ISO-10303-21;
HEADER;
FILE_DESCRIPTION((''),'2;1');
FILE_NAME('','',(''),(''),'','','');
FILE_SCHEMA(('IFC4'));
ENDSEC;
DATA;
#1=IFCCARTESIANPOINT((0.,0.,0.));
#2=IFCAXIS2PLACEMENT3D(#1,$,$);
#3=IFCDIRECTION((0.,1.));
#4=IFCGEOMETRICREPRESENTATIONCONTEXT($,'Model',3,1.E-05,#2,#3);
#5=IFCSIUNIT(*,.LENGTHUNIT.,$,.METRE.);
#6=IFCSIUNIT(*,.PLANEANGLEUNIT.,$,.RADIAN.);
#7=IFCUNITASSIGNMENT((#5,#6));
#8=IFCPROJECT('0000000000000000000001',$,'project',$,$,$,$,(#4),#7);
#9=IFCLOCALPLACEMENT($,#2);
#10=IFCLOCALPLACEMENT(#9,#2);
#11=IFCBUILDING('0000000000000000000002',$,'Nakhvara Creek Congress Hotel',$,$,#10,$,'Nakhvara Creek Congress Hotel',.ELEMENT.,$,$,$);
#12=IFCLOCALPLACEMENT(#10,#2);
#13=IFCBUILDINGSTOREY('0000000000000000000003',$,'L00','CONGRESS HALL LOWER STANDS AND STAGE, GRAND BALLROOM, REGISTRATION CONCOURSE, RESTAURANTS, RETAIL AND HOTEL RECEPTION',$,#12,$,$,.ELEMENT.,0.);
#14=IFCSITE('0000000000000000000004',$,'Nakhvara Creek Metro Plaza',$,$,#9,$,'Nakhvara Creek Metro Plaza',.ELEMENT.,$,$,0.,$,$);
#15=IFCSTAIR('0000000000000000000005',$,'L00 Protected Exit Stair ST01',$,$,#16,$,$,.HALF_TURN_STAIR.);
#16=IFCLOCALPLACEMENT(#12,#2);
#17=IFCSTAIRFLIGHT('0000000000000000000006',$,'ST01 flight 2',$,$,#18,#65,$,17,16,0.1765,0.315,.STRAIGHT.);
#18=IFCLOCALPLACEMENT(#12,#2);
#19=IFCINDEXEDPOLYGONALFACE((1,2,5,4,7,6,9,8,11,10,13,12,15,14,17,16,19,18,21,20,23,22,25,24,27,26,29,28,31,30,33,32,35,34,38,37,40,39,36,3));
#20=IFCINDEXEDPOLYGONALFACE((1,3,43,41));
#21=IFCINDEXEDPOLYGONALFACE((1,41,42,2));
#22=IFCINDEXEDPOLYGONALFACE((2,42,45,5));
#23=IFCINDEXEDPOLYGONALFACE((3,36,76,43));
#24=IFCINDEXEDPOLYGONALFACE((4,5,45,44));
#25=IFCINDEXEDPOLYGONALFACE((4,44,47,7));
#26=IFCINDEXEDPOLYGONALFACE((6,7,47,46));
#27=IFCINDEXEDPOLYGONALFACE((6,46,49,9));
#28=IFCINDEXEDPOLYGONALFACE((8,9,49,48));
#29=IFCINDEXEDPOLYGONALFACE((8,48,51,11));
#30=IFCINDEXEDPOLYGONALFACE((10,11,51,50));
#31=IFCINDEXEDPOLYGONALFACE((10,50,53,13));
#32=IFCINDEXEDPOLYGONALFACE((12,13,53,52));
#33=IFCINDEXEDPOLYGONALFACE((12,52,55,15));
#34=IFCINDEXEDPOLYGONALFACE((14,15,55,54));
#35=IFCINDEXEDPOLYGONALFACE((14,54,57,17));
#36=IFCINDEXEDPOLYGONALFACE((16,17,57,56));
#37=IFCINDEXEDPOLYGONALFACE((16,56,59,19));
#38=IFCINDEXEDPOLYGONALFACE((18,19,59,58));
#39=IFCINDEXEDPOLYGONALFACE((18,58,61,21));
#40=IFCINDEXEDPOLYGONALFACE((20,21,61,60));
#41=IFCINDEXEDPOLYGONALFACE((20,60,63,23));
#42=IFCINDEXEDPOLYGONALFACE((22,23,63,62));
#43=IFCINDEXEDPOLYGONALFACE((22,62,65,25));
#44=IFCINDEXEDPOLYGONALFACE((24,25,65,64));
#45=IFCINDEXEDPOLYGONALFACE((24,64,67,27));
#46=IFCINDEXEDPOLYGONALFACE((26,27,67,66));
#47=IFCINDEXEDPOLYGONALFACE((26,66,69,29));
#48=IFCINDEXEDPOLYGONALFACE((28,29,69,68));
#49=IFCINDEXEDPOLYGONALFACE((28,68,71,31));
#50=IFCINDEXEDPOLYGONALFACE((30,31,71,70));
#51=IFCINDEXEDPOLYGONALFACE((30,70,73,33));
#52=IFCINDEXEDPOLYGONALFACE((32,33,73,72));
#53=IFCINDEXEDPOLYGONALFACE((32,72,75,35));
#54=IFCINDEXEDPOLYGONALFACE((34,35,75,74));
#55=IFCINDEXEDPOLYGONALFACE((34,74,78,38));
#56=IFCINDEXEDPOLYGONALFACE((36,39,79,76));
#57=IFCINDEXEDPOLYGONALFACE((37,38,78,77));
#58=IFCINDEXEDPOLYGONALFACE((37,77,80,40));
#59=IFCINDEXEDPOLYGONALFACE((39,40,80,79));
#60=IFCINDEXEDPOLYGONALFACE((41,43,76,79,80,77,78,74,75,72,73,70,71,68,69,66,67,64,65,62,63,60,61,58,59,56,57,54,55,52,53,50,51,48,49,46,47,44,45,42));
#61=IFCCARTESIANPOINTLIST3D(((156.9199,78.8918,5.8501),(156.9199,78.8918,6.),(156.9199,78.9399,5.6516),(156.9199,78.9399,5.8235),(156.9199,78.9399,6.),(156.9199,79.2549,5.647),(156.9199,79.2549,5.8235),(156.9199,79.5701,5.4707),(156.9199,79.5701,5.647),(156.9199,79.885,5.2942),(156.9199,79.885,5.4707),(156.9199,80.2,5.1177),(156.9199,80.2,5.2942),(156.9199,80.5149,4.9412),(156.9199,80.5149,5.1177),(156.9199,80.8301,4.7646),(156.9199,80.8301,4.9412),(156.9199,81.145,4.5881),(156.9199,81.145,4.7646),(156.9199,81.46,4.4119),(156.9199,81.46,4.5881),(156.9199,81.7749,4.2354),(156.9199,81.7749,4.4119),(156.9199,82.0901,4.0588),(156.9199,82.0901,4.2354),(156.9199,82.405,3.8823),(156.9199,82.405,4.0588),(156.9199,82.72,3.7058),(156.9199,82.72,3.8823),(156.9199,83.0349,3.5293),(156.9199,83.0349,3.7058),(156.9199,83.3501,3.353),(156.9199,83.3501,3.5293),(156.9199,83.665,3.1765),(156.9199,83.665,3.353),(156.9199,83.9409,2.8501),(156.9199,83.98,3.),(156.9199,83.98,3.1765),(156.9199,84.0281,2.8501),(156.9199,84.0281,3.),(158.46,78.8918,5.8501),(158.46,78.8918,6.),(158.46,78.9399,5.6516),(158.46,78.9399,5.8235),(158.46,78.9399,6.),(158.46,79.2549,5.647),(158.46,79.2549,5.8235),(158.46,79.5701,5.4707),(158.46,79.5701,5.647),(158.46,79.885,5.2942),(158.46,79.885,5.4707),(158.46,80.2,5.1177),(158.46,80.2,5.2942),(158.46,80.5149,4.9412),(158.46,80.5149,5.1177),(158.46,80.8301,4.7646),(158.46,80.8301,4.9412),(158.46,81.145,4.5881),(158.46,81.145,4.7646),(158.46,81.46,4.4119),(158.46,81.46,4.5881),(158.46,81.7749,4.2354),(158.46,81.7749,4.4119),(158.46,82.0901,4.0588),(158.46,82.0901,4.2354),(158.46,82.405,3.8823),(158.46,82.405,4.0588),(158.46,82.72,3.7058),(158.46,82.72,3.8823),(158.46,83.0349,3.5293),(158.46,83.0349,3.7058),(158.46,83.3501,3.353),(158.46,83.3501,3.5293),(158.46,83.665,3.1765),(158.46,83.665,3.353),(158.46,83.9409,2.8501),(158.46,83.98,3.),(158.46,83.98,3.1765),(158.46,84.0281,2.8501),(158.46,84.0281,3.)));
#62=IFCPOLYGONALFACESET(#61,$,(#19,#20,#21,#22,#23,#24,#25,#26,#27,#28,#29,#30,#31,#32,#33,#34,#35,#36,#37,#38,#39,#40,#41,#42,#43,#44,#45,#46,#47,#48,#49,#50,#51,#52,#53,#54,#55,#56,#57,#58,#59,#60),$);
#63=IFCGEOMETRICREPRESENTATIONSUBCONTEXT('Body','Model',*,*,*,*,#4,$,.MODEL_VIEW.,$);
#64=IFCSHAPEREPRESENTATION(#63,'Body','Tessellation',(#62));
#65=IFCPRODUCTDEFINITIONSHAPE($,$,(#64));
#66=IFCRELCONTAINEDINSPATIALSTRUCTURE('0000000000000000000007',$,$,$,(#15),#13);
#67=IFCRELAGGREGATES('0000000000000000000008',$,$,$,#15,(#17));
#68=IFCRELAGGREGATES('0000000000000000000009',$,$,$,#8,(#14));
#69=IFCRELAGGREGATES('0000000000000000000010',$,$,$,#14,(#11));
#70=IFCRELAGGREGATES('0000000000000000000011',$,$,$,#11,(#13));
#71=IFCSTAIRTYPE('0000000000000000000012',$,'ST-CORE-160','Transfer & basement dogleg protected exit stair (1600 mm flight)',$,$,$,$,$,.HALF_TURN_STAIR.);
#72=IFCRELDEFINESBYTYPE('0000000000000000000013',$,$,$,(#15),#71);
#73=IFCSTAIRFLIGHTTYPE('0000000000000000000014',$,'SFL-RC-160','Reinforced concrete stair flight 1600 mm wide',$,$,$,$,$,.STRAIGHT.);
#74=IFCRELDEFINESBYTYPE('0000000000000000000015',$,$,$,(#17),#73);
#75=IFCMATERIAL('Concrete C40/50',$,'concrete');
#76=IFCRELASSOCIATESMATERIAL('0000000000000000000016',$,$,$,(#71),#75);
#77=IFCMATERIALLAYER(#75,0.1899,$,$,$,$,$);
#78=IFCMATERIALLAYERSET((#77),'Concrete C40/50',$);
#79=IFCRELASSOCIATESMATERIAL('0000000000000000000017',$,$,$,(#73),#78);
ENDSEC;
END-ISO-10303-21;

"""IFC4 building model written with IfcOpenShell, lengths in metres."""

from ifc_helpers import new_model, si_unit, direction, frame, origin, place, context, subcontext, project, spatial, polyline, outline, extrude, material, layer, layer_set, type_object, element, aggregate, save


model = new_model("IFC4")

# Units and contexts
model_context = context("Model", 3, precision=1e-05, world=origin(), true_north=direction((0.0, 1.0)))
body_context = subcontext(model_context, "Body", "Model", "MODEL_VIEW")
ifc_project = project(units=[si_unit("LENGTHUNIT", "METRE"), si_unit("PLANEANGLEUNIT", "RADIAN")], contexts=[model_context])

# Site, building, storey
site_placement = place(None, origin())
site = spatial("IfcSite", under=ifc_project, at=site_placement, Name="Nakhvara Creek Metro Plaza", LongName="Nakhvara Creek Metro Plaza", CompositionType="ELEMENT", RefElevation=0.0)
building_placement = place(site_placement, origin())
building = spatial("IfcBuilding", under=site, at=building_placement, Name="Nakhvara Creek Congress Hotel", LongName="Nakhvara Creek Congress Hotel", CompositionType="ELEMENT")
storey_placement = place(building_placement, origin())
storey = spatial("IfcBuildingStorey", under=building, at=storey_placement, Name="L00", Description="CONGRESS HALL LOWER STANDS AND STAGE, GRAND BALLROOM, REGISTRATION CONCOURSE, RESTAURANTS, RETAIL AND HOTEL RECEPTION", CompositionType="ELEMENT", Elevation=0.0)

# Shared definitions
ifc_material_1 = material(Name="Concrete C40/50", Category="concrete")

# Stair, stair flight
stair_type = type_object("IfcStairType", Name="ST-CORE-160", Description="Transfer & basement dogleg protected exit stair (1600 mm flight)", PredefinedType="HALF_TURN_STAIR", material=ifc_material_1)
stair_placement = place(storey_placement, origin())
stair = element("IfcStair", 1, at=stair_placement, inside=storey, type_object=stair_type, Name="L00 Protected Exit Stair ST01", PredefinedType="HALF_TURN_STAIR")
ifc_layer_1 = layer(ifc_material_1, 0.1899)
ifc_layer_set_1 = layer_set([ifc_layer_1], Name="Concrete C40/50")
stair_flight_type = type_object("IfcStairFlightType", Name="SFL-RC-160", Description="Reinforced concrete stair flight 1600 mm wide", PredefinedType="STRAIGHT", material=ifc_layer_set_1)
stair_flight_1_placement = place(storey_placement, frame((157.6899, 83.98, 3.0), z_axis=(0.0, 0.0, 1.0), x_axis=(0.0, -1.0, 0.0)))
stair_flight_1 = element("IfcStairFlight", 2, at=stair_flight_1_placement, type_object=stair_flight_type, Name="ST01 flight 2", NumberOfRisers=17, NumberOfTreads=16, PredefinedType="STRAIGHT", RiserHeight=0.1765, TreadLength=0.315, context=body_context, shape_type="SweptSolid", body=[
    extrude(outline(polyline([(-0.0481, 0.0), (0.0, 0.0), (0.0, 0.1765), (0.3149, 0.1765), (0.3149, 0.353), (0.6299, 0.353), (0.6299, 0.5293), (0.9451, 0.5293), (0.9451, 0.7058), (1.26, 0.7058), (1.26, 0.8823), (1.575, 0.8823), (1.575, 1.0588), (1.8899, 1.0588), (1.8899, 1.2354), (2.2051, 1.2354), (2.2051, 1.4119), (2.52, 1.4119), (2.52, 1.5881), (2.835, 1.5881), (2.835, 1.7646), (3.1499, 1.7646), (3.1499, 1.9412), (3.4651, 1.9412), (3.4651, 2.1177), (3.78, 2.1177), (3.78, 2.2942), (4.095, 2.2942), (4.095, 2.4707), (4.4099, 2.4707), (4.4099, 2.647), (4.7251, 2.647), (4.7251, 2.8235), (5.04, 2.8235), (5.04, 3.0), (5.0881, 3.0), (5.0881, 2.8501), (5.04, 2.6516), (0.0391, -0.1499), (-0.0481, -0.1499), (-0.0481, 0.0)])), frame((0.0, 0.77, 0.0), z_axis=(0.0, -1.0, 0.0), x_axis=(1.0, 0.0, 0.0)), (0.0, 0.0, 1.0), 1.54),
])
aggregate(stair, [stair_flight_1])

save(model, "model.ifc")
